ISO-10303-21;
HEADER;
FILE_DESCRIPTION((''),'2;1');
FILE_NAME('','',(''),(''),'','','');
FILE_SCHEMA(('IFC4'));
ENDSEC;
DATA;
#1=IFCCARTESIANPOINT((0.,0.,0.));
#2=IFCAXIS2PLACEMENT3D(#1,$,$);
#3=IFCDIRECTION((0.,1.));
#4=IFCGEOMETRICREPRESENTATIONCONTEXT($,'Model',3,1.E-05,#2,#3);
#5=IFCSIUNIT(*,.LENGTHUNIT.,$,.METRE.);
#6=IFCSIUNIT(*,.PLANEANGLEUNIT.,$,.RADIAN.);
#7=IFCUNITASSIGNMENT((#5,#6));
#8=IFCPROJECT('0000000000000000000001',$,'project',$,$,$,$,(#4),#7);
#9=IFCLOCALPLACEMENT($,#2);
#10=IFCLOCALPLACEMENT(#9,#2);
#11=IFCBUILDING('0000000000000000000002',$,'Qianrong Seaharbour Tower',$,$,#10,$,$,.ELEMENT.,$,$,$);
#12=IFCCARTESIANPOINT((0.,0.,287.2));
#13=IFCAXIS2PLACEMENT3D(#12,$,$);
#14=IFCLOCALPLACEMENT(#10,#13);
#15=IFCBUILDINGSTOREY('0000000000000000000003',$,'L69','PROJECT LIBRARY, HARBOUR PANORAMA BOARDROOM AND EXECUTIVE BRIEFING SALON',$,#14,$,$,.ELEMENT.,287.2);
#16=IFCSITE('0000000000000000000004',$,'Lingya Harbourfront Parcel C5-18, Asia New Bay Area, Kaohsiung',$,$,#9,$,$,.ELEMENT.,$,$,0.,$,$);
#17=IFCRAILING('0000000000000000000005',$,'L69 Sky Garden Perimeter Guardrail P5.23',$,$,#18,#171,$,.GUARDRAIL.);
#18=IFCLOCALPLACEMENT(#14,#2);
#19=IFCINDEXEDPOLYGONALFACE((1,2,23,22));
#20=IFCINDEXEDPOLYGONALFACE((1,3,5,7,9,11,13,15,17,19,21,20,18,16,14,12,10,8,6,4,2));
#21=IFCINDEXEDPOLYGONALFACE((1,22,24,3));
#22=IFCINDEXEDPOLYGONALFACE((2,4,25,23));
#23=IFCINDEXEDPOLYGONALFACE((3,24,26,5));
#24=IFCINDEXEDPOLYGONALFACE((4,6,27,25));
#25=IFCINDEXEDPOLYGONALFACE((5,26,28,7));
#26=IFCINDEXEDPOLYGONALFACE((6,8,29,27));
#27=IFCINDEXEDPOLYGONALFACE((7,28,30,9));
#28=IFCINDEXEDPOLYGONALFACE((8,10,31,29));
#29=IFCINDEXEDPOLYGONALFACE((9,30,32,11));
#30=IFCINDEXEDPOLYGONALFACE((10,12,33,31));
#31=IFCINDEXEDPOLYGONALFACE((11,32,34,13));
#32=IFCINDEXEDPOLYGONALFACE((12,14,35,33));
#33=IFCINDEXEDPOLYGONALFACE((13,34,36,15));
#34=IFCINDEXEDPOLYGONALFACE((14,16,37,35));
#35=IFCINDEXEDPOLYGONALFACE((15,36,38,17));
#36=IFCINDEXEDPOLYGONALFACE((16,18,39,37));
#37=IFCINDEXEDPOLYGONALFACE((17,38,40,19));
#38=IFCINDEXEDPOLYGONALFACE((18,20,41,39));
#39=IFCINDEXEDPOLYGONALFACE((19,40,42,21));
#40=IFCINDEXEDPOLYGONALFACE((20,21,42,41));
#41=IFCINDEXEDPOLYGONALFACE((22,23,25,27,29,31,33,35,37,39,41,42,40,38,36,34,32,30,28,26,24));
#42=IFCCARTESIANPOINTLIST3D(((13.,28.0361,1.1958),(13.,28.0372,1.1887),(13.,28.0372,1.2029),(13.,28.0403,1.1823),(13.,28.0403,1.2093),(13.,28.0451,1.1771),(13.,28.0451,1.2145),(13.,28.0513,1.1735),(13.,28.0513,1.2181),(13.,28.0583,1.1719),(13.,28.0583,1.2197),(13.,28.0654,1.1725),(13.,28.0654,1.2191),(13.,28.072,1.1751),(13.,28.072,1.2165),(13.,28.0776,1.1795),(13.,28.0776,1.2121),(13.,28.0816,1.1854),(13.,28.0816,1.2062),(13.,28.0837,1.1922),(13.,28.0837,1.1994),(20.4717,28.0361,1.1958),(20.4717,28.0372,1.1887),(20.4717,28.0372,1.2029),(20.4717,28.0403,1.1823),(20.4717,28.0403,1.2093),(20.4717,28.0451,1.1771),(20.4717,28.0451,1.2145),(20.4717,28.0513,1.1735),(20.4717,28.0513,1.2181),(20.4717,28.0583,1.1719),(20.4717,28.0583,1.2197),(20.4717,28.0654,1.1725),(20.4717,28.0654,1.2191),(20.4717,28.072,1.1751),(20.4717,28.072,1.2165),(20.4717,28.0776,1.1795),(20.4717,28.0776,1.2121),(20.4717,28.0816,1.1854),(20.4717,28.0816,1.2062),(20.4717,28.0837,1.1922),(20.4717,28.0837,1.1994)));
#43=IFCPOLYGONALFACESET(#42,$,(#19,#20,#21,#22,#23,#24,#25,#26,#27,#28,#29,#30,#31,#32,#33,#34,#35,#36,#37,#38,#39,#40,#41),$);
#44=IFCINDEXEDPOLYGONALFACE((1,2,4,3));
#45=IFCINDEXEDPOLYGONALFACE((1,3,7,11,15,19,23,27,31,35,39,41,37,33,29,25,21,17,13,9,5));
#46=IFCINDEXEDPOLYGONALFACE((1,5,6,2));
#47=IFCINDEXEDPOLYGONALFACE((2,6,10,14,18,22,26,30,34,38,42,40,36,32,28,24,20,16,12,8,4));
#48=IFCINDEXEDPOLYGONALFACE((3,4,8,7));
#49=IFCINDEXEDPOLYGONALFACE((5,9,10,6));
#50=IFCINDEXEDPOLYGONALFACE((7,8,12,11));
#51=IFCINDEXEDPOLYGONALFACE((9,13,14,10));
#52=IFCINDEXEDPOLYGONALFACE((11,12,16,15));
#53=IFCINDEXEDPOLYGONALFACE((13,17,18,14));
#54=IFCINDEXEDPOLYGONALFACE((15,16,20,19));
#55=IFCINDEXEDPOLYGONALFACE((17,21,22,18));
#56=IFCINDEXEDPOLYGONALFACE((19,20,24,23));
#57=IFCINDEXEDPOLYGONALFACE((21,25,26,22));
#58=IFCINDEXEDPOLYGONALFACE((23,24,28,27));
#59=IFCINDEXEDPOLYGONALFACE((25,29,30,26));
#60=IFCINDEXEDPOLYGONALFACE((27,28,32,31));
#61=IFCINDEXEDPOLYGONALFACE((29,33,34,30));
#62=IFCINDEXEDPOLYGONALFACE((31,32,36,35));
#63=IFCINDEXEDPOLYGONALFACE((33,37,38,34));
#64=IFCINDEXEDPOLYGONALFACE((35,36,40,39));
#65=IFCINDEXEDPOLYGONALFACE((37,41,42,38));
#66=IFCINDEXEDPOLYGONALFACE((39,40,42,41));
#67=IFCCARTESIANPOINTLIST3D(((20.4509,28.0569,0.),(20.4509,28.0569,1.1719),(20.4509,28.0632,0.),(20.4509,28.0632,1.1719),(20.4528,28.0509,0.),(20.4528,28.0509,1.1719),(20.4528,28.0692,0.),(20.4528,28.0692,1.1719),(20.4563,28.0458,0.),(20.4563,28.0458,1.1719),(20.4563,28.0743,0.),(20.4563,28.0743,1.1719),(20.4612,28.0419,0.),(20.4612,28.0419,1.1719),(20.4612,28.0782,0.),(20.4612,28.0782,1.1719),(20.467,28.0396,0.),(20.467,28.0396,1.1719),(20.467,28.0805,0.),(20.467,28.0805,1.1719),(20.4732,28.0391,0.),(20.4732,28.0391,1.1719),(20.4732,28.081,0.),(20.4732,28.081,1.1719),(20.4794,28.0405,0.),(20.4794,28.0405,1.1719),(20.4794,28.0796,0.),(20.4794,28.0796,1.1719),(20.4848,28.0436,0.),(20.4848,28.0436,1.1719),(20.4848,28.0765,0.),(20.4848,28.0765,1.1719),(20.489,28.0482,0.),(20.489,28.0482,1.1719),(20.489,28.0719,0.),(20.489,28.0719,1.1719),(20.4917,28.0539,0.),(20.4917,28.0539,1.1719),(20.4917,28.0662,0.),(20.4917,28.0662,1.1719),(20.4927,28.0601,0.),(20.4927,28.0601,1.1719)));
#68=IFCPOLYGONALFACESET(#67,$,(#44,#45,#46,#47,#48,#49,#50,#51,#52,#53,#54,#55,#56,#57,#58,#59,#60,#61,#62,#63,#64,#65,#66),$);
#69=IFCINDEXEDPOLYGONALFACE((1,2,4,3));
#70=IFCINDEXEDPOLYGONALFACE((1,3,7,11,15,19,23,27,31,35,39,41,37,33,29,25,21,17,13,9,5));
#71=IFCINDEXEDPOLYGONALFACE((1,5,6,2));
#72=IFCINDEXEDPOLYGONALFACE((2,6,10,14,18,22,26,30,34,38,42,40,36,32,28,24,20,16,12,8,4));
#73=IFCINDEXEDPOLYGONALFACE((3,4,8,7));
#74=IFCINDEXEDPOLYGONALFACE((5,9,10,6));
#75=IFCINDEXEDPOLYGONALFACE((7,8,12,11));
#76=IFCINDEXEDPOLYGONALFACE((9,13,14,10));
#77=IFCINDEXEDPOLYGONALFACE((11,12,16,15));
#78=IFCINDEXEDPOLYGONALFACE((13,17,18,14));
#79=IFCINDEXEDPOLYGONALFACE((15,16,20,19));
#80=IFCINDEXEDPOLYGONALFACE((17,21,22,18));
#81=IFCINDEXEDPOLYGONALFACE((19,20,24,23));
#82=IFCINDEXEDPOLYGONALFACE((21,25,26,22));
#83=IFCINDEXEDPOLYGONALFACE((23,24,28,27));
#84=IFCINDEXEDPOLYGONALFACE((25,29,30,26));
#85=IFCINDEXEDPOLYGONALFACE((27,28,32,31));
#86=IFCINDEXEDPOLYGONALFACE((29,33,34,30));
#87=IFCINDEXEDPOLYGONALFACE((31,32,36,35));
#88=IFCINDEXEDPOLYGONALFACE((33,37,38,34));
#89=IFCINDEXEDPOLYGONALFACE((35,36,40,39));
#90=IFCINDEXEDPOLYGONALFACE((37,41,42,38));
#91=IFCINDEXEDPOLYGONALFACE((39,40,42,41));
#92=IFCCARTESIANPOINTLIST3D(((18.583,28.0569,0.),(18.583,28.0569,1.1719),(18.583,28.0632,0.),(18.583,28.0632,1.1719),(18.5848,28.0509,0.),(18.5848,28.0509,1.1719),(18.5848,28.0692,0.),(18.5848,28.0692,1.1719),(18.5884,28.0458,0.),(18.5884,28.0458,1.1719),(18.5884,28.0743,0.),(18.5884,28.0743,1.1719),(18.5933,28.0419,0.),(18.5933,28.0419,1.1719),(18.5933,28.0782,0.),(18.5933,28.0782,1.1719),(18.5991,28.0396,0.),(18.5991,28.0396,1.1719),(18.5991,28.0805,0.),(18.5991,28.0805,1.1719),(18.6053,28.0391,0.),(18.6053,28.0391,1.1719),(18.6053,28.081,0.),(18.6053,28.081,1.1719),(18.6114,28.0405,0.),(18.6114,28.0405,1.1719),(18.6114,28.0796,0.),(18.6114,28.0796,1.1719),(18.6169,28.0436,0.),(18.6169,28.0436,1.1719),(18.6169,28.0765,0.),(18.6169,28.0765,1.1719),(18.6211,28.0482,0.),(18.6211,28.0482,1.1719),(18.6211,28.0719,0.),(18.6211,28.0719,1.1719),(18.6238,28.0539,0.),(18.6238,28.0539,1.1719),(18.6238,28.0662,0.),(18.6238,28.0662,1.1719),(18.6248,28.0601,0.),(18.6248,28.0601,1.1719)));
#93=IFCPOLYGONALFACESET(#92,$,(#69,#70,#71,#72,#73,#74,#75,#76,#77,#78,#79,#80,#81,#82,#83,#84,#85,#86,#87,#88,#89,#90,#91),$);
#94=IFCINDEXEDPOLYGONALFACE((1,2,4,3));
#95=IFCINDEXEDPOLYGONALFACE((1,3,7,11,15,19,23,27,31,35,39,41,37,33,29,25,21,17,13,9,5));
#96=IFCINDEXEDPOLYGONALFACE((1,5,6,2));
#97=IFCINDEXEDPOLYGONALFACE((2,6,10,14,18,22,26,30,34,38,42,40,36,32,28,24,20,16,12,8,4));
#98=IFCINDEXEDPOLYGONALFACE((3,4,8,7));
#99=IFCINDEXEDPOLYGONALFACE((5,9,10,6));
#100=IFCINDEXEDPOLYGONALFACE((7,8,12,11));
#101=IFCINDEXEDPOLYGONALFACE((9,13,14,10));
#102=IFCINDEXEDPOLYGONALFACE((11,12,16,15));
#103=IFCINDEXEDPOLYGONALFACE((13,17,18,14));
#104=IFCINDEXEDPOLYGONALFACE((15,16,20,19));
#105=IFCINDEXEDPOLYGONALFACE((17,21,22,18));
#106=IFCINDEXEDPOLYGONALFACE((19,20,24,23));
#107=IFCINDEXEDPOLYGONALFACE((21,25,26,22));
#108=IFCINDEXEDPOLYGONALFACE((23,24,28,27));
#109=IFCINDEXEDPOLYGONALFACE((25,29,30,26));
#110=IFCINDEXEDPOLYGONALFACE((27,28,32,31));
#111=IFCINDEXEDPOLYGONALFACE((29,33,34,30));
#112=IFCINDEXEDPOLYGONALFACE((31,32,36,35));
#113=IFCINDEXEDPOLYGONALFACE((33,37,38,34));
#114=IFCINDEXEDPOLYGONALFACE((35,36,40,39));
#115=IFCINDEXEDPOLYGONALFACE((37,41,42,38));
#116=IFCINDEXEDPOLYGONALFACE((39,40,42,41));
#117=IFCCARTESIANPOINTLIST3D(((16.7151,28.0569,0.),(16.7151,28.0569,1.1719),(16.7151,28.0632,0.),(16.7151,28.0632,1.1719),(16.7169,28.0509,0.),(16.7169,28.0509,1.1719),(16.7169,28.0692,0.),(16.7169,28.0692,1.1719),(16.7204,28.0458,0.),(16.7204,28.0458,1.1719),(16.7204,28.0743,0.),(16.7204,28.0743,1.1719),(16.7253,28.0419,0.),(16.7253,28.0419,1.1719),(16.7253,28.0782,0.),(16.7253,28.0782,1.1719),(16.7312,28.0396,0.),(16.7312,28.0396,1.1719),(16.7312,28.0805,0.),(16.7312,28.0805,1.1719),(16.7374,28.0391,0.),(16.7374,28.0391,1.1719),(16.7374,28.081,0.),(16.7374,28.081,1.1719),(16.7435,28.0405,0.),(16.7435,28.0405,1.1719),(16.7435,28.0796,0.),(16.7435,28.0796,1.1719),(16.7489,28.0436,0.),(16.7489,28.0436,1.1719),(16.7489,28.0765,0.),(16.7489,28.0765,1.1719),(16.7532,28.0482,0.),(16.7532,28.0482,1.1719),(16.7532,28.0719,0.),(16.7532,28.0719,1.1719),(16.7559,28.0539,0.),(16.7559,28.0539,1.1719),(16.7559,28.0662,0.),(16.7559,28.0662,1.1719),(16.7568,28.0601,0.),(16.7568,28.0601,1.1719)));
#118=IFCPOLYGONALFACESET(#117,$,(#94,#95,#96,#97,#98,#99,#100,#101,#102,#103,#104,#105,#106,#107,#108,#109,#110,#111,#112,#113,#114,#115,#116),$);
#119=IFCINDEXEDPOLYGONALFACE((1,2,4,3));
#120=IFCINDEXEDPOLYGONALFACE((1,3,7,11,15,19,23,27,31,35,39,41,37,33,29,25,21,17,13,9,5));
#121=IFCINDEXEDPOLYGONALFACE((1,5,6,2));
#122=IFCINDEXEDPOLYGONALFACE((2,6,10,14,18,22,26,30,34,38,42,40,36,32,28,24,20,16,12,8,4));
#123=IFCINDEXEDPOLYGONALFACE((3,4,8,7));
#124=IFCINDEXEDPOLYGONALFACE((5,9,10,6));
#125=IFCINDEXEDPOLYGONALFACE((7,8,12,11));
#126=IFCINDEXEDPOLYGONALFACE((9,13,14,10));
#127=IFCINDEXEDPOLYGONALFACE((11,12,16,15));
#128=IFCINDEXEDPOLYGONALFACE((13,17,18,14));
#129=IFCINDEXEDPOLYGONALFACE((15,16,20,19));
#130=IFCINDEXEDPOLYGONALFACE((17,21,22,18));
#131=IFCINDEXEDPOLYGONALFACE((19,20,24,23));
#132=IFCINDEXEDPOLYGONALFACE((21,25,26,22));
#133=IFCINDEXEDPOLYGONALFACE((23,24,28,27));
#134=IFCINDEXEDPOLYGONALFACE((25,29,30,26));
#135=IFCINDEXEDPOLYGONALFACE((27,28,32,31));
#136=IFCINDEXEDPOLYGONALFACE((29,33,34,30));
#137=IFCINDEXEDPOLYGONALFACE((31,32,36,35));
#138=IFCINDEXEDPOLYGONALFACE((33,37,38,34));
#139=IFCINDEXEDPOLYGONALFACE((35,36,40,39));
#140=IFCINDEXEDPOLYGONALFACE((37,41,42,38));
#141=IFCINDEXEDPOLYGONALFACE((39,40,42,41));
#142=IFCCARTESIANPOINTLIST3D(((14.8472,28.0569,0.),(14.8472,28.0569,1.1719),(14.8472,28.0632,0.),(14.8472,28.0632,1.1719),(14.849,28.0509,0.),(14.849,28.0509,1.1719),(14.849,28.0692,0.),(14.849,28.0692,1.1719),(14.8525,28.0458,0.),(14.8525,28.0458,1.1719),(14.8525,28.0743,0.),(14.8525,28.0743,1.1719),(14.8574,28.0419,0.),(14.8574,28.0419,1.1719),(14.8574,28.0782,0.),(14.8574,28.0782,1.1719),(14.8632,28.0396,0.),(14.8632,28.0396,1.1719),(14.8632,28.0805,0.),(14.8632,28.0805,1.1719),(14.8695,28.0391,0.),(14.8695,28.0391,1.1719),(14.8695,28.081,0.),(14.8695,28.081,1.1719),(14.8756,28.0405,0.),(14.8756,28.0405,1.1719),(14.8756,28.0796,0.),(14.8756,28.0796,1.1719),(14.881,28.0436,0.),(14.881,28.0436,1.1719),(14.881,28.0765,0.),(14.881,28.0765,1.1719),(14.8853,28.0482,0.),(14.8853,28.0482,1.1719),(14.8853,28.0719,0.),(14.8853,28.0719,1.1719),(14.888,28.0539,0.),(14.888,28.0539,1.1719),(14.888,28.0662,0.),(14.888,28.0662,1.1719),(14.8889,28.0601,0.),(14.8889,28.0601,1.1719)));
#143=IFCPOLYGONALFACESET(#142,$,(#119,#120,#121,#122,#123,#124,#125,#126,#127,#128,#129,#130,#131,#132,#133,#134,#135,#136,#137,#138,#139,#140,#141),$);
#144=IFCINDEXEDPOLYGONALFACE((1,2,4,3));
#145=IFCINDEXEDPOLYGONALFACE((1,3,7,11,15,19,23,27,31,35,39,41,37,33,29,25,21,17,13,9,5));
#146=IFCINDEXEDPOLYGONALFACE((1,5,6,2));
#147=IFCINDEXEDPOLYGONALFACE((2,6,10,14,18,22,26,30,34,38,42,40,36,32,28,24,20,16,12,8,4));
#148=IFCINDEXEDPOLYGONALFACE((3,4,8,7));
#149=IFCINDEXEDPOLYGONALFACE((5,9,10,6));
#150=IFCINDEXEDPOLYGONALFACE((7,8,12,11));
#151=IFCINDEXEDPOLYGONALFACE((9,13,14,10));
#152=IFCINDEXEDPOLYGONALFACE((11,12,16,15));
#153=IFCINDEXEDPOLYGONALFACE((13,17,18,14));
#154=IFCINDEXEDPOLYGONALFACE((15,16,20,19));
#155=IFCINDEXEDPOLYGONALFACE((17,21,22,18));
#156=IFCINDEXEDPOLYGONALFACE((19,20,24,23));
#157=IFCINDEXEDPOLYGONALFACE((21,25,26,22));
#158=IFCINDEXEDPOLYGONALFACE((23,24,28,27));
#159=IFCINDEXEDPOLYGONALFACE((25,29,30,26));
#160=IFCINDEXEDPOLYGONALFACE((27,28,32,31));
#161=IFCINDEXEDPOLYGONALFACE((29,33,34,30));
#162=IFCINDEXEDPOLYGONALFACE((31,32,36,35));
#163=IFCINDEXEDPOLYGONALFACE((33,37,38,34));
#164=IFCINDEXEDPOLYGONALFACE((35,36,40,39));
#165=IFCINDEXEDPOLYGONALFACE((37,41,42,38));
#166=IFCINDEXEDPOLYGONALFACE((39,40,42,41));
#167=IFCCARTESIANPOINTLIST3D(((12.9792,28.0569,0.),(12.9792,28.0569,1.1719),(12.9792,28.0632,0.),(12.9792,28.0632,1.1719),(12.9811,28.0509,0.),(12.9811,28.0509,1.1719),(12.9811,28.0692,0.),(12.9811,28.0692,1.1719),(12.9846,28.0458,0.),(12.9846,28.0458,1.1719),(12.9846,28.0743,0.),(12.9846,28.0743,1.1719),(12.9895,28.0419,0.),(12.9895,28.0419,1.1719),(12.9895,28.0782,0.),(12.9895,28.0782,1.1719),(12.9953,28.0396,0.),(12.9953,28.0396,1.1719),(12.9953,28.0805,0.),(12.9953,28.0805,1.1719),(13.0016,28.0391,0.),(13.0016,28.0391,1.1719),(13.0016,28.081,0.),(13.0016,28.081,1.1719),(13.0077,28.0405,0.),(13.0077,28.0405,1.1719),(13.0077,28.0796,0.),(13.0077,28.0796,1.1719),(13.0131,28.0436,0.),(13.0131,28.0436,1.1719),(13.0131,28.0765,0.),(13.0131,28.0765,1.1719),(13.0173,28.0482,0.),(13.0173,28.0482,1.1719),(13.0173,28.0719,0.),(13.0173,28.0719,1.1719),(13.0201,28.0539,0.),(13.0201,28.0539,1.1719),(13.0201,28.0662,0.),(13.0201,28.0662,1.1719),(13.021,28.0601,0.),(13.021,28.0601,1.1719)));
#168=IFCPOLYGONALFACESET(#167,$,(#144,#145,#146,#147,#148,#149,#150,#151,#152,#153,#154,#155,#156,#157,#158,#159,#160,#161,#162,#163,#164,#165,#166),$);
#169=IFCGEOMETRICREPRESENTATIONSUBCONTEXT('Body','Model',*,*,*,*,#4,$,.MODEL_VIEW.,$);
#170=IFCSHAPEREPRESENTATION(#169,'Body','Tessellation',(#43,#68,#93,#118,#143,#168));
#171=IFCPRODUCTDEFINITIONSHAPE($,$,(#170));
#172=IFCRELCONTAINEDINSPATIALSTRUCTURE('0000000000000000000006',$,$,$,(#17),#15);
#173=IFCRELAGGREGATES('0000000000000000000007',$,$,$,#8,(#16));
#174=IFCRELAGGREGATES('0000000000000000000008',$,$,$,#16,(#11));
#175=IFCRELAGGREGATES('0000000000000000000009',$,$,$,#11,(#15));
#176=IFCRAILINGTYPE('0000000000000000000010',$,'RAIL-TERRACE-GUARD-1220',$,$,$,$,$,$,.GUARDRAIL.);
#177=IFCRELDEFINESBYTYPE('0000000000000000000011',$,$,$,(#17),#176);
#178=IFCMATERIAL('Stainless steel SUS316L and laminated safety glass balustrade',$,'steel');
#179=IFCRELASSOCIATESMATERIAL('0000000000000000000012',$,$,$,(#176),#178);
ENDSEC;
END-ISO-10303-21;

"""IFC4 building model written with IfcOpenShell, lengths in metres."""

from ifc_helpers import new_model, si_unit, direction, frame, origin, origin_2d, place, context, subcontext, project, spatial, circle, extrude, material, type_object, element, save


model = new_model("IFC4")

# Units and contexts
model_context = context("Model", 3, precision=1e-05, world=origin(), true_north=direction((0.0, 1.0)))
body_context = subcontext(model_context, "Body", "Model", "MODEL_VIEW")
ifc_project = project(units=[si_unit("LENGTHUNIT", "METRE"), si_unit("PLANEANGLEUNIT", "RADIAN")], contexts=[model_context])

# Site, building, storey
site_placement = place(None, origin())
site = spatial("IfcSite", under=ifc_project, at=site_placement, Name="Lingya Harbourfront Parcel C5-18, Asia New Bay Area, Kaohsiung", CompositionType="ELEMENT", RefElevation=0.0)
building_placement = place(site_placement, origin())
building = spatial("IfcBuilding", under=site, at=building_placement, Name="Qianrong Seaharbour Tower", CompositionType="ELEMENT")
storey_placement = place(building_placement, frame((0.0, 0.0, 287.2)))
storey = spatial("IfcBuildingStorey", under=building, at=storey_placement, Name="L69", Description="PROJECT LIBRARY, HARBOUR PANORAMA BOARDROOM AND EXECUTIVE BRIEFING SALON", CompositionType="ELEMENT", Elevation=287.2)

# Railing
ifc_material_1 = material(Name="Stainless steel SUS316L and laminated safety glass balustrade", Category="steel")
railing_type_1 = type_object("IfcRailingType", Name="RAIL-TERRACE-GUARD-1220", PredefinedType="GUARDRAIL", material=ifc_material_1)
railing_1_placement = place(storey_placement, frame((20.4717, 28.0601, 0.0)))
element("IfcRailing", 1, at=railing_1_placement, inside=storey, type_object=railing_type_1, Name="L69 Sky Garden Perimeter Guardrail P5.23", PredefinedType="GUARDRAIL", context=body_context, shape_type="SweptSolid", body=[
    extrude(circle(Radius=0.0239, at=origin_2d()), frame((0.0, 0.0, 1.1958), z_axis=(-1.0, 0.0, 0.0), x_axis=(0.0, -1.0, 0.0)), (0.0, 0.0, 1.0), 7.4717),
    extrude(circle(Radius=0.021, at=origin_2d()), origin(), (0.0, 0.0, 1.0), 1.1719),
    extrude(circle(Radius=0.021, at=origin_2d()), frame((-1.8679, 0.0, 0.0)), (0.0, 0.0, 1.0), 1.1719),
    extrude(circle(Radius=0.021, at=origin_2d()), frame((-3.7358, 0.0, 0.0)), (0.0, 0.0, 1.0), 1.1719),
    extrude(circle(Radius=0.021, at=origin_2d()), frame((-5.6038, 0.0, 0.0)), (0.0, 0.0, 1.0), 1.1719),
    extrude(circle(Radius=0.021, at=origin_2d()), frame((-7.4717, 0.0, 0.0)), (0.0, 0.0, 1.0), 1.1719),
])

save(model, "model.ifc")
